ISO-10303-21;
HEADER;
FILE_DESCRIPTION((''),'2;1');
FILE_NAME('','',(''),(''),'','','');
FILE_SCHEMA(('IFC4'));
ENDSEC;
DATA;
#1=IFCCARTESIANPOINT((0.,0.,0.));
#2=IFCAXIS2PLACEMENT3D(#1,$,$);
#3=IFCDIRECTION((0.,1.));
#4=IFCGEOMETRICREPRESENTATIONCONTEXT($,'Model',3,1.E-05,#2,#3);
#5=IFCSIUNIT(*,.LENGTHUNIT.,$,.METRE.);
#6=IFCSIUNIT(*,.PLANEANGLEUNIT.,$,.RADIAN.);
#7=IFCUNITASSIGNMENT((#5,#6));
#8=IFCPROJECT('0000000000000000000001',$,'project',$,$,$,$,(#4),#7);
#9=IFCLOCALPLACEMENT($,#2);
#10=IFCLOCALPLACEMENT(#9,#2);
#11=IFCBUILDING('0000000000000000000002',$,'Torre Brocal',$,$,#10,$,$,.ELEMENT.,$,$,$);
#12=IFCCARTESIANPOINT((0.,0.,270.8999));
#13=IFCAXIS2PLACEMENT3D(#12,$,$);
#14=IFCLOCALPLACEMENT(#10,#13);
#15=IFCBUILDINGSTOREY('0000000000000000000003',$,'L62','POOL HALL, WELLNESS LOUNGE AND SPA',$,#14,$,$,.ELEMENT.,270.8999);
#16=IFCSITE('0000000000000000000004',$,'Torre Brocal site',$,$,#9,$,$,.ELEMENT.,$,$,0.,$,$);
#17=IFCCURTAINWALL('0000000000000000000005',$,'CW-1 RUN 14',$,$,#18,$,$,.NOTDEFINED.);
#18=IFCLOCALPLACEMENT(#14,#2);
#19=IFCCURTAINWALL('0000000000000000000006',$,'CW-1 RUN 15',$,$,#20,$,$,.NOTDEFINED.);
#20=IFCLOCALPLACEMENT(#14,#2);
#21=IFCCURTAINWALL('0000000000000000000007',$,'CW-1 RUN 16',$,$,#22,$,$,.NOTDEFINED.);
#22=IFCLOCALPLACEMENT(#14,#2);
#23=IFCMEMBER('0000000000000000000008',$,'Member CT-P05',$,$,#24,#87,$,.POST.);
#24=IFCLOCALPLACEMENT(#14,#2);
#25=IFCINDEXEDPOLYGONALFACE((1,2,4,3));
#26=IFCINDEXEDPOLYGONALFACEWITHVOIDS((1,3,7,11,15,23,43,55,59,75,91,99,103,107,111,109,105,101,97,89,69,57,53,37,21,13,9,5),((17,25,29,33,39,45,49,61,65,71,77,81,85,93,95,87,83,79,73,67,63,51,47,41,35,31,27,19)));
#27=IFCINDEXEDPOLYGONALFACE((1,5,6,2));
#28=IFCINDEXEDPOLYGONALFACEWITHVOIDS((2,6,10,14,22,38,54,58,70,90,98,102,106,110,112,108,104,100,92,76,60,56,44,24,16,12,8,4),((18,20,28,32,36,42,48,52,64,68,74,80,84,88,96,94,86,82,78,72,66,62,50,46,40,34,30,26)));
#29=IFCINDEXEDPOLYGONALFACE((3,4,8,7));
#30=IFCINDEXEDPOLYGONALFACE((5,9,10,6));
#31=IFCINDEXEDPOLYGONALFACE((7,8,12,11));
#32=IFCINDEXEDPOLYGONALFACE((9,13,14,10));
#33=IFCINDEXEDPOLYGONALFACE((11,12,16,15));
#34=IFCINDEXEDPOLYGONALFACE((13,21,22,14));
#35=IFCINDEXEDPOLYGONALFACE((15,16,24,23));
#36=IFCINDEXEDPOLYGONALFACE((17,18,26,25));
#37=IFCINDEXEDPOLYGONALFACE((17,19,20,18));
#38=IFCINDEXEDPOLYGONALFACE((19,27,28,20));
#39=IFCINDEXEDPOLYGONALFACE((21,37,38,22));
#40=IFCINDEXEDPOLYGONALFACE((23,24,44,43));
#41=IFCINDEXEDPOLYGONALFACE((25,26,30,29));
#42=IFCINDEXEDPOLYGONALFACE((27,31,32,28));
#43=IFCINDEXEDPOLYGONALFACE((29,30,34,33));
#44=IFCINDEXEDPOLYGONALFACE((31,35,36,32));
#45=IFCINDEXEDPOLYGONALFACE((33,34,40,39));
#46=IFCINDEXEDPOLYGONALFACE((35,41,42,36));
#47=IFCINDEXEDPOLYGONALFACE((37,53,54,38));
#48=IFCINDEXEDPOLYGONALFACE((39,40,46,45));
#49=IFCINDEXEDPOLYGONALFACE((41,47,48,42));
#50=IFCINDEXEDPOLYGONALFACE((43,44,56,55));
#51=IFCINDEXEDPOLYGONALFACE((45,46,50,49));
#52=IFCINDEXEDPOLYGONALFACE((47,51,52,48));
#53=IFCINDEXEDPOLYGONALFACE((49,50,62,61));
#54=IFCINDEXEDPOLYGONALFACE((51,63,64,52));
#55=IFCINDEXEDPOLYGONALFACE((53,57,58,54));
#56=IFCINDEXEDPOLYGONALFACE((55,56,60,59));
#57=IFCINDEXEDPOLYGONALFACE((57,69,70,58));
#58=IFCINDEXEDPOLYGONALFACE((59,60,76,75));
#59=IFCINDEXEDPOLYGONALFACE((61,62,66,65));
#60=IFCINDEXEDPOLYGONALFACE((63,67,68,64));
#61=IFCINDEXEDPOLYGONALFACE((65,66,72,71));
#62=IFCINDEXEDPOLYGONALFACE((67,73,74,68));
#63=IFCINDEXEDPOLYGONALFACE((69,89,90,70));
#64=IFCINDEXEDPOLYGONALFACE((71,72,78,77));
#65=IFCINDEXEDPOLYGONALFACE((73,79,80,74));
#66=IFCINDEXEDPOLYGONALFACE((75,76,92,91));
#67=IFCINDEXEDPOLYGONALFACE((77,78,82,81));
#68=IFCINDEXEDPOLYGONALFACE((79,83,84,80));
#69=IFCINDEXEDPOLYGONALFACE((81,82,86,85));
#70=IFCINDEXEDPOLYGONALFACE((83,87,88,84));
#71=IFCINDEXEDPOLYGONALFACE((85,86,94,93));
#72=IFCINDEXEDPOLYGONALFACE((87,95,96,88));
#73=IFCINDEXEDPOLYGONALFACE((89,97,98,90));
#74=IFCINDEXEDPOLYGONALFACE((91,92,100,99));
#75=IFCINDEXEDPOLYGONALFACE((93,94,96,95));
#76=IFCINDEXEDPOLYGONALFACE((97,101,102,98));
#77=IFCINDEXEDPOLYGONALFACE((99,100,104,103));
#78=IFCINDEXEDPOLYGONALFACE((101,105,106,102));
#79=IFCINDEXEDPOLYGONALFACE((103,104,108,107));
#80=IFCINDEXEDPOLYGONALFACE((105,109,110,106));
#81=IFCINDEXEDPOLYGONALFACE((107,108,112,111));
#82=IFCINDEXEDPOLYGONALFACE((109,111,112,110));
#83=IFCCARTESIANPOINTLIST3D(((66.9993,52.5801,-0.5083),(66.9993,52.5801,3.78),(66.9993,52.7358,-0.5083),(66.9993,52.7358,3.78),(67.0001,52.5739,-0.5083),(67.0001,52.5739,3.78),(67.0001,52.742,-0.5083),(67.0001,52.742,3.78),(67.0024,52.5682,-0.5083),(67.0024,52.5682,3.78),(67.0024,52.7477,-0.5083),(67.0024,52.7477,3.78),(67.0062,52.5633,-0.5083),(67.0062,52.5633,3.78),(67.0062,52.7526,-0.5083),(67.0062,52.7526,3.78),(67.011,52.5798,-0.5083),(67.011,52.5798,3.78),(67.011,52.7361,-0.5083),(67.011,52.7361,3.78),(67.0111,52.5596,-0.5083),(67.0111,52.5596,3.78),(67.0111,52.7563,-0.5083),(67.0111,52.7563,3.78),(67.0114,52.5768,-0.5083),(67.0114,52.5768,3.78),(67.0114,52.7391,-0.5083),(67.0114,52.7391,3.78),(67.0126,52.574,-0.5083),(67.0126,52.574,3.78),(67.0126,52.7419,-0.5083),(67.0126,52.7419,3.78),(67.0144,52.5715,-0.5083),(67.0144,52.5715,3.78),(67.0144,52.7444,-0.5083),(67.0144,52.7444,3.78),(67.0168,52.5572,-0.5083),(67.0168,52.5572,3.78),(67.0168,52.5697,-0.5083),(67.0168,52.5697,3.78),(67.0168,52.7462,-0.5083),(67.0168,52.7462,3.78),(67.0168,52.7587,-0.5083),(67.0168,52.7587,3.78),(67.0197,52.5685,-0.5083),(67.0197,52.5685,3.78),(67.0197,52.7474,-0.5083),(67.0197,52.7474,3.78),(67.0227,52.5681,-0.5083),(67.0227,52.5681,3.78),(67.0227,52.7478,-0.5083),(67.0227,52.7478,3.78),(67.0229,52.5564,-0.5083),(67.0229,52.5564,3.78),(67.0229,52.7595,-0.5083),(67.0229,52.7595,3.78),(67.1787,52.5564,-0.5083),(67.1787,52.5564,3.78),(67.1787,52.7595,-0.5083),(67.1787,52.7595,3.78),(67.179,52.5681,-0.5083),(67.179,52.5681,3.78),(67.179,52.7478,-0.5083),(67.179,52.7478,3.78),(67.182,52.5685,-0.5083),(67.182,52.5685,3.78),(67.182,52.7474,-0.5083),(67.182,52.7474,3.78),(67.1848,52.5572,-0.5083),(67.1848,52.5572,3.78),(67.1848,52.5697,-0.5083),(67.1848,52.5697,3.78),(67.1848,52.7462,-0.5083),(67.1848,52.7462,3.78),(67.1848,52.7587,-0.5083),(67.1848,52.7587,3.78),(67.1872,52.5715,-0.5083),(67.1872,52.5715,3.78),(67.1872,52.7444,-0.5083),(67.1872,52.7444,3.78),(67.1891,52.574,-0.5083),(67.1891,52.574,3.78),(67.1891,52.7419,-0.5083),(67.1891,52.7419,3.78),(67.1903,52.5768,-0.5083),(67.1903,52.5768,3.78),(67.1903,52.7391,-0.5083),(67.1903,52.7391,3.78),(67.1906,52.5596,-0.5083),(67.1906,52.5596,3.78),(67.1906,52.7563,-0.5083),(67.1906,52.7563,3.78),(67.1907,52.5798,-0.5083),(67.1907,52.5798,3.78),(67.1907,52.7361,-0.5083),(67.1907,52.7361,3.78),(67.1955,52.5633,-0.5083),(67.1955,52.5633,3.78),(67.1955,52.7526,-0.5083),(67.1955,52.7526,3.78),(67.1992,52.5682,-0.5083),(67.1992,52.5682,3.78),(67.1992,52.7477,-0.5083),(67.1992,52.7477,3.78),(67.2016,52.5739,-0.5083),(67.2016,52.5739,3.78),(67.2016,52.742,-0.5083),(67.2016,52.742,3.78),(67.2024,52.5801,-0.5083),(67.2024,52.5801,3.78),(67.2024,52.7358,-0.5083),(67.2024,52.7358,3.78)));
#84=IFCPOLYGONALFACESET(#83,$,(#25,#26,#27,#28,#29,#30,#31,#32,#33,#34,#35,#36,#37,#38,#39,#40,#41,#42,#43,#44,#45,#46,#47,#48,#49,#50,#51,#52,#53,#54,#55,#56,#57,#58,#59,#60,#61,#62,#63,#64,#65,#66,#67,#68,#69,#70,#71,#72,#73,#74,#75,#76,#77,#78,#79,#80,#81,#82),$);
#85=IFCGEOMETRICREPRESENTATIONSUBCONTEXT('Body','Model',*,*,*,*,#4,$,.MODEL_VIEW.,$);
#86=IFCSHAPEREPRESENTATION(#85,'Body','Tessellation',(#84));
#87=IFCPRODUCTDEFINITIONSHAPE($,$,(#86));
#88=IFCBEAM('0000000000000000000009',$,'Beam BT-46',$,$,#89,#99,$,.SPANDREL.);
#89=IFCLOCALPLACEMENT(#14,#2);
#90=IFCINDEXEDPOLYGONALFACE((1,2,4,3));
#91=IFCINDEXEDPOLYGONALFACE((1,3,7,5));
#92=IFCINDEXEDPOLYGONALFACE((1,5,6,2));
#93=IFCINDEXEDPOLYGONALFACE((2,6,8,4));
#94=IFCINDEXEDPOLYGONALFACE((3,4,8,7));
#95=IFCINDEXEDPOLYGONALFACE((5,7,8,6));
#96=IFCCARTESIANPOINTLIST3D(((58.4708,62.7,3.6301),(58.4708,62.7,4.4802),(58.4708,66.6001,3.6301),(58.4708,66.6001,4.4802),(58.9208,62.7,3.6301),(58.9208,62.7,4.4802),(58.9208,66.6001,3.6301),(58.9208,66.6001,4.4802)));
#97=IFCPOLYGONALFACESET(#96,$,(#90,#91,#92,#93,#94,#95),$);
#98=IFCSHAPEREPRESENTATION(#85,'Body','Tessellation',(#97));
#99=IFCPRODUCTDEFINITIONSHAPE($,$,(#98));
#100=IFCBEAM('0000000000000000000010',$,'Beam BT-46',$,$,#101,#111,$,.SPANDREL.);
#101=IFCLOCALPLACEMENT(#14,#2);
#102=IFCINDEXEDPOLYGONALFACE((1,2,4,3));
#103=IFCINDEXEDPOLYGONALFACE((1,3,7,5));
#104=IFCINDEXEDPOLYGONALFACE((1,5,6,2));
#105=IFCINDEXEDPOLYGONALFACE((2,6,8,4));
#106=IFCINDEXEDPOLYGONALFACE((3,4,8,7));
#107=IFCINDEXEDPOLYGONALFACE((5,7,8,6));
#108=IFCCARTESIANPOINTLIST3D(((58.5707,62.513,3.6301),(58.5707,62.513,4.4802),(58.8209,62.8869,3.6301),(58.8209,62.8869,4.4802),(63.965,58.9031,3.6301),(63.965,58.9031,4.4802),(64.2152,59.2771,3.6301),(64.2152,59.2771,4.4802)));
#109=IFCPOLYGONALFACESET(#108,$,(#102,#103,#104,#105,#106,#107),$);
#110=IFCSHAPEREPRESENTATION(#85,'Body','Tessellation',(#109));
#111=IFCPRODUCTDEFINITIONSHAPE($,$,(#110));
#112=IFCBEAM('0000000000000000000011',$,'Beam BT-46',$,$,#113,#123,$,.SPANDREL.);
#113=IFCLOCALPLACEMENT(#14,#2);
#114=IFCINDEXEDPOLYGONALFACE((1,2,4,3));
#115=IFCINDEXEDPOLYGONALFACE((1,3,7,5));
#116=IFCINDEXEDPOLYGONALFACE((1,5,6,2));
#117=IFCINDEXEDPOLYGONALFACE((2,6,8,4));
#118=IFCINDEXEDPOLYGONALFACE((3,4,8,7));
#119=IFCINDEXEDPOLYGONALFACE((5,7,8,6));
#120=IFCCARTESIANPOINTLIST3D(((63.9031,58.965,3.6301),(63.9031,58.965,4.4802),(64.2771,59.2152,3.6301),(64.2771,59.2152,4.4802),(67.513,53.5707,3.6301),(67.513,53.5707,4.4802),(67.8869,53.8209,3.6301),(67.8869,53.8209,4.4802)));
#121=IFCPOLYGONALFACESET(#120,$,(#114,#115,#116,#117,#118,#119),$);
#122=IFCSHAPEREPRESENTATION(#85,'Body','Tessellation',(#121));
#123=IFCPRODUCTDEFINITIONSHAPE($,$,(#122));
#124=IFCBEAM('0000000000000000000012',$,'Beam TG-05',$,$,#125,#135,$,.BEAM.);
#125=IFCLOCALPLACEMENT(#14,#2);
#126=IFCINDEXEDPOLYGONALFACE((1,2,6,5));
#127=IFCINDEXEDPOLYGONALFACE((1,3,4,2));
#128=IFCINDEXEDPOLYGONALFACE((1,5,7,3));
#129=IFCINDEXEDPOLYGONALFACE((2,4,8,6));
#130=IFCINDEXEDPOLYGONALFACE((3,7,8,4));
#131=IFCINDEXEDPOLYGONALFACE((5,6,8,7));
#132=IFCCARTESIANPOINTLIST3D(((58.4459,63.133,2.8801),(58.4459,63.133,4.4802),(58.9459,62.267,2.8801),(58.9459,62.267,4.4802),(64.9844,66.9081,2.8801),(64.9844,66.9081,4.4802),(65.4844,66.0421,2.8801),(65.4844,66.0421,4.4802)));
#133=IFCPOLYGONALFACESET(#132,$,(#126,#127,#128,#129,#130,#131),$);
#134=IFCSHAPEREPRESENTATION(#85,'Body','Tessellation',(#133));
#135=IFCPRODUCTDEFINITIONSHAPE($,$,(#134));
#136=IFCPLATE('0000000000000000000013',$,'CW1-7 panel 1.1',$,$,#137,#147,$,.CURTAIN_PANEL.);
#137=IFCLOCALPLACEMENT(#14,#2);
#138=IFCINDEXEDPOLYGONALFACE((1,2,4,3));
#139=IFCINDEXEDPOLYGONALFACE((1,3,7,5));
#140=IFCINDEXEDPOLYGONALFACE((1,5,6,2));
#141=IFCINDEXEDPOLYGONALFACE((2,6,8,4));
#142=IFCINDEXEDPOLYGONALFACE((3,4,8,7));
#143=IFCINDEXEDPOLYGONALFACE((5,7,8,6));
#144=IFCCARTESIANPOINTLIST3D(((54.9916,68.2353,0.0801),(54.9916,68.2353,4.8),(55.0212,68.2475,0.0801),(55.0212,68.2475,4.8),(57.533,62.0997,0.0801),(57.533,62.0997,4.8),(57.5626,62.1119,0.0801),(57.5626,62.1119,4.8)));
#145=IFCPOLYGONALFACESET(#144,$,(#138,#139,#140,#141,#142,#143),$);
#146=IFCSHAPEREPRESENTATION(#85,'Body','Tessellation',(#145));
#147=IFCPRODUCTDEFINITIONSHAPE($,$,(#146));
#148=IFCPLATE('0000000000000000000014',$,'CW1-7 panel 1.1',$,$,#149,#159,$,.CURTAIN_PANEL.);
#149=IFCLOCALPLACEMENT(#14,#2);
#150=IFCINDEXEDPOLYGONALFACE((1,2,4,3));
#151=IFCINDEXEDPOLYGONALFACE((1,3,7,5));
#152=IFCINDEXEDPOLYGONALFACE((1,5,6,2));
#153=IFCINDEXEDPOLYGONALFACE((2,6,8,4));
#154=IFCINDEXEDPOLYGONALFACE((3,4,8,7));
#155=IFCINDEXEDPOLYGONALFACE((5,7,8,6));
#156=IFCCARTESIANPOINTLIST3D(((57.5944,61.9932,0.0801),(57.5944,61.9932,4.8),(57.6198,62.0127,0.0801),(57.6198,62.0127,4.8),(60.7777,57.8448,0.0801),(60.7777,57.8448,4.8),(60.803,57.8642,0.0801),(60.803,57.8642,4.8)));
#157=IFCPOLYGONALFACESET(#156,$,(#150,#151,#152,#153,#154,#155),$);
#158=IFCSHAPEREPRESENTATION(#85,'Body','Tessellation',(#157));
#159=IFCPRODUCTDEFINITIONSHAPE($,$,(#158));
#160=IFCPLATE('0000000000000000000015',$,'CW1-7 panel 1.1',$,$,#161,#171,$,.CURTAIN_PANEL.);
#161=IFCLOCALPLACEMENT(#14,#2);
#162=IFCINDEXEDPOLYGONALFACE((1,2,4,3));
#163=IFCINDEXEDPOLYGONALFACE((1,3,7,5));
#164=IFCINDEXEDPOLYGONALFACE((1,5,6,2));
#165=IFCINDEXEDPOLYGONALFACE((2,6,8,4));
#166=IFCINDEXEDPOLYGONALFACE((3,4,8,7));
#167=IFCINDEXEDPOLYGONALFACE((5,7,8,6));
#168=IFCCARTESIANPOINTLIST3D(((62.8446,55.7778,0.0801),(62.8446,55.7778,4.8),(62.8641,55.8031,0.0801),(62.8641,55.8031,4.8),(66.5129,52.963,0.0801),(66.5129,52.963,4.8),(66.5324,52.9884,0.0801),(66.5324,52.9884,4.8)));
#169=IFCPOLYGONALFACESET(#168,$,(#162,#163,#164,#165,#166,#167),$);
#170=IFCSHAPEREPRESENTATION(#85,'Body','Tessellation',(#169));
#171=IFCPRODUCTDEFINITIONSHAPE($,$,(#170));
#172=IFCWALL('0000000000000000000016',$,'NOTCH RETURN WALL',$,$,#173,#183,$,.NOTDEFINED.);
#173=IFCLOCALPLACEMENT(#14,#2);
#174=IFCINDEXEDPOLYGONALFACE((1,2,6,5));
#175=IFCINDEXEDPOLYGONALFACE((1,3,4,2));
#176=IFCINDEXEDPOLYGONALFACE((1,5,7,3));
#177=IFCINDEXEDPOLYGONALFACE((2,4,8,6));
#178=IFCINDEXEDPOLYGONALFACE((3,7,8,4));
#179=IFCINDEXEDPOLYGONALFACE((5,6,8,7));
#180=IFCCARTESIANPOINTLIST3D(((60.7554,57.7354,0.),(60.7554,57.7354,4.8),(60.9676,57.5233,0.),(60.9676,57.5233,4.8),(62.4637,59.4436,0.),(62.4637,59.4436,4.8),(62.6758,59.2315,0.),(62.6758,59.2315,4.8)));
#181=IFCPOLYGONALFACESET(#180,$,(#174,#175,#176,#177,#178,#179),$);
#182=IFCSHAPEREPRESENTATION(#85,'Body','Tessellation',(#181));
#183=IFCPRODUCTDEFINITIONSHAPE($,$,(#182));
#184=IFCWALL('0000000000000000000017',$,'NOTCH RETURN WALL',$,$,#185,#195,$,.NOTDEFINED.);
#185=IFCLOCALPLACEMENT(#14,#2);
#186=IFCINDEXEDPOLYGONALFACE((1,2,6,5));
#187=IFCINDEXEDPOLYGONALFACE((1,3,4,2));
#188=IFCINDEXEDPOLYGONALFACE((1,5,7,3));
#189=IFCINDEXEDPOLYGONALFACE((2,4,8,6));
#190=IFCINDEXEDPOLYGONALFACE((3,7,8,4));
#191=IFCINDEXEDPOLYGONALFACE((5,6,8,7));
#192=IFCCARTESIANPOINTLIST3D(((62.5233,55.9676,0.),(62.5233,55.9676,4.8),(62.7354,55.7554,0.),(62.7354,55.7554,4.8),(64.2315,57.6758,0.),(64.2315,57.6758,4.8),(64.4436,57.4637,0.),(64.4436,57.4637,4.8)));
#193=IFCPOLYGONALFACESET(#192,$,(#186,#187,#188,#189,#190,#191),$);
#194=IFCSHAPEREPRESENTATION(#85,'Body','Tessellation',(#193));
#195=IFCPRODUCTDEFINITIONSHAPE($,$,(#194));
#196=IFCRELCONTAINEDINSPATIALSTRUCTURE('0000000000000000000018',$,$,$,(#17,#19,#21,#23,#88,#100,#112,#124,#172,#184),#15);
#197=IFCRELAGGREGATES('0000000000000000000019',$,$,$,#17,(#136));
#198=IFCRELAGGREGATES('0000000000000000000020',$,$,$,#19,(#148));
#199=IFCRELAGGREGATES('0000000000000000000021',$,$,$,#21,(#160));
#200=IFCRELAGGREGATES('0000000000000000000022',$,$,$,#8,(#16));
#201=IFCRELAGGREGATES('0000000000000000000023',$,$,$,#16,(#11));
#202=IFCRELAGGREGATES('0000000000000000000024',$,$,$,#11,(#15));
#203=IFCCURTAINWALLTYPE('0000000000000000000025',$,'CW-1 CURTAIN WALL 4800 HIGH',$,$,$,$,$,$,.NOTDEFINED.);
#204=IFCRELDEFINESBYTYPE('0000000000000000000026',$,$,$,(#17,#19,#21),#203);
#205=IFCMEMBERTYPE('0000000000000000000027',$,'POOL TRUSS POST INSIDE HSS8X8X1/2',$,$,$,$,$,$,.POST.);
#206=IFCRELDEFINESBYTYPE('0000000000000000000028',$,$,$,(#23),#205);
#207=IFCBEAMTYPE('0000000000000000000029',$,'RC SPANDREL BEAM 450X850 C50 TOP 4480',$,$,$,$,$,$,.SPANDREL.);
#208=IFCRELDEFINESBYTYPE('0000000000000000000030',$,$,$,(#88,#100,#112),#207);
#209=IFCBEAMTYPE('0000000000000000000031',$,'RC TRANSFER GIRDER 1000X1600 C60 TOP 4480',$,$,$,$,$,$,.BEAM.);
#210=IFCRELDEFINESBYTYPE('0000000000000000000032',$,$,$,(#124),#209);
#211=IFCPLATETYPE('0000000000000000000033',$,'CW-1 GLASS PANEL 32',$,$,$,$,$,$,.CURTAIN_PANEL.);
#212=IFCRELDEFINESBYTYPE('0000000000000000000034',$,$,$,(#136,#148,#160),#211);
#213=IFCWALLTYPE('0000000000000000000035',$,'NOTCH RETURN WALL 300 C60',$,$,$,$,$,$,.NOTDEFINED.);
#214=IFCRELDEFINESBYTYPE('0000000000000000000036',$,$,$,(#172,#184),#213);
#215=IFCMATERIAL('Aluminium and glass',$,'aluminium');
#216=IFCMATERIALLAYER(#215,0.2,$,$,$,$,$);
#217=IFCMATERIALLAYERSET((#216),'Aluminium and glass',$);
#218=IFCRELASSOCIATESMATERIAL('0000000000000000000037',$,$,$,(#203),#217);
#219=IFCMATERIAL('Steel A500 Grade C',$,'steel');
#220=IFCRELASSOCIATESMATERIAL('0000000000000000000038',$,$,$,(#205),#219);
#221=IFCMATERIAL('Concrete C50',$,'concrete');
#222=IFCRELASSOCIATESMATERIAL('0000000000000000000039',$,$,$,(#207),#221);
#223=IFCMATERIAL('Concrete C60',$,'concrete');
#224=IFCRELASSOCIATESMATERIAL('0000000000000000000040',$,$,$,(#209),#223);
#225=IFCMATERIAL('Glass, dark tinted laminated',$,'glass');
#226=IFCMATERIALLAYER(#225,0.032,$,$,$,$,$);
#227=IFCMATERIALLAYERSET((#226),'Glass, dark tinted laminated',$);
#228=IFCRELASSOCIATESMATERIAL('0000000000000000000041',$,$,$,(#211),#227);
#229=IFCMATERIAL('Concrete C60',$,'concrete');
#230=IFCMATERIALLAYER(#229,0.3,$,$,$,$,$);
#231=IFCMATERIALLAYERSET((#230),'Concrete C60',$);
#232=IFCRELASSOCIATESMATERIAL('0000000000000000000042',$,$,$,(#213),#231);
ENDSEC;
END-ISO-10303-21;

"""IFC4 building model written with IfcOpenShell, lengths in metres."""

from ifc_helpers import new_model, si_unit, direction, frame, frame_2d, origin, origin_2d, place, context, subcontext, project, spatial, rectangle, hollow_rectangle, extrude, material, layer, layer_set, material_profile, profile_set, type_object, element, aggregate, save


model = new_model("IFC4")

# Units and contexts
model_context = context("Model", 3, precision=1e-05, world=origin(), true_north=direction((0.0, 1.0)))
body_context = subcontext(model_context, "Body", "Model", "MODEL_VIEW")
ifc_project = project(units=[si_unit("LENGTHUNIT", "METRE"), si_unit("PLANEANGLEUNIT", "RADIAN")], contexts=[model_context])

# Site, building, storey
site_placement = place(None, origin())
site = spatial("IfcSite", under=ifc_project, at=site_placement, Name="Torre Brocal site", CompositionType="ELEMENT", RefElevation=0.0)
building_placement = place(site_placement, origin())
building = spatial("IfcBuilding", under=site, at=building_placement, Name="Torre Brocal", CompositionType="ELEMENT")
storey_placement = place(building_placement, frame((0.0, 0.0, 270.8999)))
storey = spatial("IfcBuildingStorey", under=building, at=storey_placement, Name="L62", Description="POOL HALL, WELLNESS LOUNGE AND SPA", CompositionType="ELEMENT", Elevation=270.8999)

# Curtain walls
ifc_material_1 = material(Name="Aluminium and glass", Category="aluminium")
ifc_layer_1 = layer(ifc_material_1, 0.2)
ifc_layer_set_1 = layer_set([ifc_layer_1], Name="Aluminium and glass")
curtain_wall_type_1 = type_object("IfcCurtainWallType", Name="CW-1 CURTAIN WALL 4800 HIGH", PredefinedType="NOTDEFINED", material=ifc_layer_set_1)
curtain_wall_1_placement = place(storey_placement, origin())
curtain_wall_1 = element("IfcCurtainWall", 1, at=curtain_wall_1_placement, inside=storey, type_object=curtain_wall_type_1, Name="CW-1 RUN 14", PredefinedType="NOTDEFINED")
curtain_wall_2_placement = place(storey_placement, origin())
curtain_wall_2 = element("IfcCurtainWall", 2, at=curtain_wall_2_placement, inside=storey, type_object=curtain_wall_type_1, Name="CW-1 RUN 15", PredefinedType="NOTDEFINED")
curtain_wall_3_placement = place(storey_placement, origin())
curtain_wall_3 = element("IfcCurtainWall", 3, at=curtain_wall_3_placement, inside=storey, type_object=curtain_wall_type_1, Name="CW-1 RUN 16", PredefinedType="NOTDEFINED")

# Member
ifc_material_2 = material(Name="Steel A500 Grade C", Category="steel")
ifc_material_profile_1 = material_profile(ifc_material_2, hollow_rectangle(XDim=0.2031, YDim=0.2031, WallThickness=0.0117, InnerFilletRadius=0.0117, OuterFilletRadius=0.0237, at=origin_2d()), Name="HSS8X8X1/2")
ifc_profile_set_1 = profile_set([ifc_material_profile_1], Name="Steel A500 Grade C")
member_type_1 = type_object("IfcMemberType", Name="POOL TRUSS POST INSIDE HSS8X8X1/2", PredefinedType="POST", material=ifc_profile_set_1)
member_1_placement = place(storey_placement, frame((67.1008, 52.658, -0.5083), z_axis=(0.0, 0.0, 1.0), x_axis=(1.0, 0.0, 0.0)))
element("IfcMember", 4, at=member_1_placement, inside=storey, type_object=member_type_1, Name="Member CT-P05", PredefinedType="POST", context=body_context, shape_type="SweptSolid", body=[
    extrude(hollow_rectangle(XDim=0.2031, YDim=0.2031, WallThickness=0.0117, InnerFilletRadius=0.0117, OuterFilletRadius=0.0237, at=origin_2d()), origin(), (0.0, 0.0, 1.0), 4.2883),
])

# Beams
ifc_material_3 = material(Name="Concrete C50", Category="concrete")
ifc_material_profile_2 = material_profile(ifc_material_3, rectangle(XDim=0.45, YDim=0.8501, at=origin_2d()), Name="RC 450X850")
ifc_profile_set_2 = profile_set([ifc_material_profile_2], Name="Concrete C50")
beam_type_1 = type_object("IfcBeamType", Name="RC SPANDREL BEAM 450X850 C50 TOP 4480", PredefinedType="SPANDREL", material=ifc_profile_set_2)
beam_1_placement = place(storey_placement, frame((58.6958, 62.7, 4.0552), z_axis=(0.0, 1.0, 0.0), x_axis=(-1.0, 0.0, 0.0)))
element("IfcBeam", 5, at=beam_1_placement, inside=storey, type_object=beam_type_1, Name="Beam BT-46", PredefinedType="SPANDREL", context=body_context, shape_type="SweptSolid", body=[
    extrude(rectangle(XDim=0.45, YDim=0.8501, at=origin_2d()), origin(), (0.0, 0.0, 1.0), 3.9001),
])
for number, where, z_axis, x_axis, name in (
    (6, (58.6958, 62.7, 4.0552), (0.831077, -0.556158, 0.0), (0.556158, 0.831077, 0.0), "Beam BT-46"),
    (7, (64.0901, 59.0901, 4.0552), (0.556158, -0.831077, 0.0), (0.831077, 0.556158, 0.0), "Beam BT-46"),
):
    element("IfcBeam", number, at=place(storey_placement, frame(where, z_axis=z_axis, x_axis=x_axis)), inside=storey, type_object=beam_type_1, Name=name, PredefinedType="SPANDREL", context=body_context, shape_type="SweptSolid", body=[
        extrude(rectangle(XDim=0.45, YDim=0.8501, at=origin_2d()), origin(), (0.0, 0.0, 1.0), 6.4907),
    ])
ifc_material_4 = material(Name="Concrete C60", Category="concrete")
ifc_material_profile_3 = material_profile(ifc_material_4, rectangle(XDim=1.0, YDim=1.6001, at=origin_2d()), Name="RC 1000X1600")
ifc_profile_set_3 = profile_set([ifc_material_profile_3], Name="Concrete C60")
beam_type_2 = type_object("IfcBeamType", Name="RC TRANSFER GIRDER 1000X1600 C60 TOP 4480", PredefinedType="BEAM", material=ifc_profile_set_3)
beam_2_placement = place(storey_placement, frame((65.2344, 66.4751, 3.6802), z_axis=(-0.86602, -0.50001, 0.0), x_axis=(0.50001, -0.86602, 0.0)))
element("IfcBeam", 8, at=beam_2_placement, inside=storey, type_object=beam_type_2, Name="Beam TG-05", PredefinedType="BEAM", context=body_context, shape_type="SweptSolid", body=[
    extrude(rectangle(XDim=1.0, YDim=1.6001, at=origin_2d()), origin(), (0.0, 0.0, 1.0), 7.55),
])

# Plates
ifc_material_5 = material(Name="Glass, dark tinted laminated", Category="glass")
ifc_layer_2 = layer(ifc_material_5, 0.032)
ifc_layer_set_2 = layer_set([ifc_layer_2], Name="Glass, dark tinted laminated")
plate_type = type_object("IfcPlateType", Name="CW-1 GLASS PANEL 32", PredefinedType="CURTAIN_PANEL", material=ifc_layer_set_2)
plate_1_placement = place(storey_placement, frame((56.2771, 65.1736, 0.0801), z_axis=(0.0, 0.0, 1.0), x_axis=(0.382683, -0.92388, 0.0)))
plate_1 = element("IfcPlate", 9, at=plate_1_placement, type_object=plate_type, Name="CW1-7 panel 1.1", PredefinedType="CURTAIN_PANEL", context=body_context, shape_type="SweptSolid", body=[
    extrude(rectangle(XDim=6.6411, YDim=0.032, at=origin_2d()), origin(), (0.0, 0.0, 1.0), 4.72),
])
aggregate(curtain_wall_1, [plate_1])
plate_2_placement = place(storey_placement, frame((59.1987, 59.9287, 0.0801), z_axis=(0.0, 0.0, 1.0), x_axis=(0.608761, -0.793353, 0.0)))
plate_2 = element("IfcPlate", 10, at=plate_2_placement, type_object=plate_type, Name="CW1-7 panel 1.1", PredefinedType="CURTAIN_PANEL", context=body_context, shape_type="SweptSolid", body=[
    extrude(rectangle(XDim=5.229, YDim=0.032, at=origin_2d()), origin(), (0.0, 0.0, 1.0), 4.72),
])
aggregate(curtain_wall_2, [plate_2])
plate_3_placement = place(storey_placement, frame((64.6885, 54.3831, 0.0801), z_axis=(0.0, 0.0, 1.0), x_axis=(0.793353, -0.608761, 0.0)))
plate_3 = element("IfcPlate", 11, at=plate_3_placement, type_object=plate_type, Name="CW1-7 panel 1.1", PredefinedType="CURTAIN_PANEL", context=body_context, shape_type="SweptSolid", body=[
    extrude(rectangle(XDim=4.6238, YDim=0.032, at=origin_2d()), origin(), (0.0, 0.0, 1.0), 4.72),
])
aggregate(curtain_wall_3, [plate_3])

# Walls
ifc_material_6 = material(Name="Concrete C60", Category="concrete")
ifc_layer_3 = layer(ifc_material_6, 0.3)
ifc_layer_set_3 = layer_set([ifc_layer_3], Name="Concrete C60")
wall_type_1 = type_object("IfcWallType", Name="NOTCH RETURN WALL 300 C60", PredefinedType="NOTDEFINED", material=ifc_layer_set_3)
for number, where, z_axis, x_axis, name in (
    (12, (62.5698, 59.3376, 0.0), (0.0, 0.0, 1.0), (-0.707107, -0.707107, 0.0), "NOTCH RETURN WALL"),
    (13, (64.3376, 57.5698, 0.0), (0.0, 0.0, 1.0), (-0.707107, -0.707107, 0.0), "NOTCH RETURN WALL"),
):
    element("IfcWall", number, at=place(storey_placement, frame(where, z_axis=z_axis, x_axis=x_axis)), inside=storey, type_object=wall_type_1, Name=name, PredefinedType="NOTDEFINED", context=body_context, shape_type="SweptSolid", body=[
        extrude(rectangle(XDim=2.4158, YDim=0.3, at=frame_2d((1.208, 0.0))), origin(), (0.0, 0.0, 1.0), 4.8),
    ])

save(model, "model.ifc")
